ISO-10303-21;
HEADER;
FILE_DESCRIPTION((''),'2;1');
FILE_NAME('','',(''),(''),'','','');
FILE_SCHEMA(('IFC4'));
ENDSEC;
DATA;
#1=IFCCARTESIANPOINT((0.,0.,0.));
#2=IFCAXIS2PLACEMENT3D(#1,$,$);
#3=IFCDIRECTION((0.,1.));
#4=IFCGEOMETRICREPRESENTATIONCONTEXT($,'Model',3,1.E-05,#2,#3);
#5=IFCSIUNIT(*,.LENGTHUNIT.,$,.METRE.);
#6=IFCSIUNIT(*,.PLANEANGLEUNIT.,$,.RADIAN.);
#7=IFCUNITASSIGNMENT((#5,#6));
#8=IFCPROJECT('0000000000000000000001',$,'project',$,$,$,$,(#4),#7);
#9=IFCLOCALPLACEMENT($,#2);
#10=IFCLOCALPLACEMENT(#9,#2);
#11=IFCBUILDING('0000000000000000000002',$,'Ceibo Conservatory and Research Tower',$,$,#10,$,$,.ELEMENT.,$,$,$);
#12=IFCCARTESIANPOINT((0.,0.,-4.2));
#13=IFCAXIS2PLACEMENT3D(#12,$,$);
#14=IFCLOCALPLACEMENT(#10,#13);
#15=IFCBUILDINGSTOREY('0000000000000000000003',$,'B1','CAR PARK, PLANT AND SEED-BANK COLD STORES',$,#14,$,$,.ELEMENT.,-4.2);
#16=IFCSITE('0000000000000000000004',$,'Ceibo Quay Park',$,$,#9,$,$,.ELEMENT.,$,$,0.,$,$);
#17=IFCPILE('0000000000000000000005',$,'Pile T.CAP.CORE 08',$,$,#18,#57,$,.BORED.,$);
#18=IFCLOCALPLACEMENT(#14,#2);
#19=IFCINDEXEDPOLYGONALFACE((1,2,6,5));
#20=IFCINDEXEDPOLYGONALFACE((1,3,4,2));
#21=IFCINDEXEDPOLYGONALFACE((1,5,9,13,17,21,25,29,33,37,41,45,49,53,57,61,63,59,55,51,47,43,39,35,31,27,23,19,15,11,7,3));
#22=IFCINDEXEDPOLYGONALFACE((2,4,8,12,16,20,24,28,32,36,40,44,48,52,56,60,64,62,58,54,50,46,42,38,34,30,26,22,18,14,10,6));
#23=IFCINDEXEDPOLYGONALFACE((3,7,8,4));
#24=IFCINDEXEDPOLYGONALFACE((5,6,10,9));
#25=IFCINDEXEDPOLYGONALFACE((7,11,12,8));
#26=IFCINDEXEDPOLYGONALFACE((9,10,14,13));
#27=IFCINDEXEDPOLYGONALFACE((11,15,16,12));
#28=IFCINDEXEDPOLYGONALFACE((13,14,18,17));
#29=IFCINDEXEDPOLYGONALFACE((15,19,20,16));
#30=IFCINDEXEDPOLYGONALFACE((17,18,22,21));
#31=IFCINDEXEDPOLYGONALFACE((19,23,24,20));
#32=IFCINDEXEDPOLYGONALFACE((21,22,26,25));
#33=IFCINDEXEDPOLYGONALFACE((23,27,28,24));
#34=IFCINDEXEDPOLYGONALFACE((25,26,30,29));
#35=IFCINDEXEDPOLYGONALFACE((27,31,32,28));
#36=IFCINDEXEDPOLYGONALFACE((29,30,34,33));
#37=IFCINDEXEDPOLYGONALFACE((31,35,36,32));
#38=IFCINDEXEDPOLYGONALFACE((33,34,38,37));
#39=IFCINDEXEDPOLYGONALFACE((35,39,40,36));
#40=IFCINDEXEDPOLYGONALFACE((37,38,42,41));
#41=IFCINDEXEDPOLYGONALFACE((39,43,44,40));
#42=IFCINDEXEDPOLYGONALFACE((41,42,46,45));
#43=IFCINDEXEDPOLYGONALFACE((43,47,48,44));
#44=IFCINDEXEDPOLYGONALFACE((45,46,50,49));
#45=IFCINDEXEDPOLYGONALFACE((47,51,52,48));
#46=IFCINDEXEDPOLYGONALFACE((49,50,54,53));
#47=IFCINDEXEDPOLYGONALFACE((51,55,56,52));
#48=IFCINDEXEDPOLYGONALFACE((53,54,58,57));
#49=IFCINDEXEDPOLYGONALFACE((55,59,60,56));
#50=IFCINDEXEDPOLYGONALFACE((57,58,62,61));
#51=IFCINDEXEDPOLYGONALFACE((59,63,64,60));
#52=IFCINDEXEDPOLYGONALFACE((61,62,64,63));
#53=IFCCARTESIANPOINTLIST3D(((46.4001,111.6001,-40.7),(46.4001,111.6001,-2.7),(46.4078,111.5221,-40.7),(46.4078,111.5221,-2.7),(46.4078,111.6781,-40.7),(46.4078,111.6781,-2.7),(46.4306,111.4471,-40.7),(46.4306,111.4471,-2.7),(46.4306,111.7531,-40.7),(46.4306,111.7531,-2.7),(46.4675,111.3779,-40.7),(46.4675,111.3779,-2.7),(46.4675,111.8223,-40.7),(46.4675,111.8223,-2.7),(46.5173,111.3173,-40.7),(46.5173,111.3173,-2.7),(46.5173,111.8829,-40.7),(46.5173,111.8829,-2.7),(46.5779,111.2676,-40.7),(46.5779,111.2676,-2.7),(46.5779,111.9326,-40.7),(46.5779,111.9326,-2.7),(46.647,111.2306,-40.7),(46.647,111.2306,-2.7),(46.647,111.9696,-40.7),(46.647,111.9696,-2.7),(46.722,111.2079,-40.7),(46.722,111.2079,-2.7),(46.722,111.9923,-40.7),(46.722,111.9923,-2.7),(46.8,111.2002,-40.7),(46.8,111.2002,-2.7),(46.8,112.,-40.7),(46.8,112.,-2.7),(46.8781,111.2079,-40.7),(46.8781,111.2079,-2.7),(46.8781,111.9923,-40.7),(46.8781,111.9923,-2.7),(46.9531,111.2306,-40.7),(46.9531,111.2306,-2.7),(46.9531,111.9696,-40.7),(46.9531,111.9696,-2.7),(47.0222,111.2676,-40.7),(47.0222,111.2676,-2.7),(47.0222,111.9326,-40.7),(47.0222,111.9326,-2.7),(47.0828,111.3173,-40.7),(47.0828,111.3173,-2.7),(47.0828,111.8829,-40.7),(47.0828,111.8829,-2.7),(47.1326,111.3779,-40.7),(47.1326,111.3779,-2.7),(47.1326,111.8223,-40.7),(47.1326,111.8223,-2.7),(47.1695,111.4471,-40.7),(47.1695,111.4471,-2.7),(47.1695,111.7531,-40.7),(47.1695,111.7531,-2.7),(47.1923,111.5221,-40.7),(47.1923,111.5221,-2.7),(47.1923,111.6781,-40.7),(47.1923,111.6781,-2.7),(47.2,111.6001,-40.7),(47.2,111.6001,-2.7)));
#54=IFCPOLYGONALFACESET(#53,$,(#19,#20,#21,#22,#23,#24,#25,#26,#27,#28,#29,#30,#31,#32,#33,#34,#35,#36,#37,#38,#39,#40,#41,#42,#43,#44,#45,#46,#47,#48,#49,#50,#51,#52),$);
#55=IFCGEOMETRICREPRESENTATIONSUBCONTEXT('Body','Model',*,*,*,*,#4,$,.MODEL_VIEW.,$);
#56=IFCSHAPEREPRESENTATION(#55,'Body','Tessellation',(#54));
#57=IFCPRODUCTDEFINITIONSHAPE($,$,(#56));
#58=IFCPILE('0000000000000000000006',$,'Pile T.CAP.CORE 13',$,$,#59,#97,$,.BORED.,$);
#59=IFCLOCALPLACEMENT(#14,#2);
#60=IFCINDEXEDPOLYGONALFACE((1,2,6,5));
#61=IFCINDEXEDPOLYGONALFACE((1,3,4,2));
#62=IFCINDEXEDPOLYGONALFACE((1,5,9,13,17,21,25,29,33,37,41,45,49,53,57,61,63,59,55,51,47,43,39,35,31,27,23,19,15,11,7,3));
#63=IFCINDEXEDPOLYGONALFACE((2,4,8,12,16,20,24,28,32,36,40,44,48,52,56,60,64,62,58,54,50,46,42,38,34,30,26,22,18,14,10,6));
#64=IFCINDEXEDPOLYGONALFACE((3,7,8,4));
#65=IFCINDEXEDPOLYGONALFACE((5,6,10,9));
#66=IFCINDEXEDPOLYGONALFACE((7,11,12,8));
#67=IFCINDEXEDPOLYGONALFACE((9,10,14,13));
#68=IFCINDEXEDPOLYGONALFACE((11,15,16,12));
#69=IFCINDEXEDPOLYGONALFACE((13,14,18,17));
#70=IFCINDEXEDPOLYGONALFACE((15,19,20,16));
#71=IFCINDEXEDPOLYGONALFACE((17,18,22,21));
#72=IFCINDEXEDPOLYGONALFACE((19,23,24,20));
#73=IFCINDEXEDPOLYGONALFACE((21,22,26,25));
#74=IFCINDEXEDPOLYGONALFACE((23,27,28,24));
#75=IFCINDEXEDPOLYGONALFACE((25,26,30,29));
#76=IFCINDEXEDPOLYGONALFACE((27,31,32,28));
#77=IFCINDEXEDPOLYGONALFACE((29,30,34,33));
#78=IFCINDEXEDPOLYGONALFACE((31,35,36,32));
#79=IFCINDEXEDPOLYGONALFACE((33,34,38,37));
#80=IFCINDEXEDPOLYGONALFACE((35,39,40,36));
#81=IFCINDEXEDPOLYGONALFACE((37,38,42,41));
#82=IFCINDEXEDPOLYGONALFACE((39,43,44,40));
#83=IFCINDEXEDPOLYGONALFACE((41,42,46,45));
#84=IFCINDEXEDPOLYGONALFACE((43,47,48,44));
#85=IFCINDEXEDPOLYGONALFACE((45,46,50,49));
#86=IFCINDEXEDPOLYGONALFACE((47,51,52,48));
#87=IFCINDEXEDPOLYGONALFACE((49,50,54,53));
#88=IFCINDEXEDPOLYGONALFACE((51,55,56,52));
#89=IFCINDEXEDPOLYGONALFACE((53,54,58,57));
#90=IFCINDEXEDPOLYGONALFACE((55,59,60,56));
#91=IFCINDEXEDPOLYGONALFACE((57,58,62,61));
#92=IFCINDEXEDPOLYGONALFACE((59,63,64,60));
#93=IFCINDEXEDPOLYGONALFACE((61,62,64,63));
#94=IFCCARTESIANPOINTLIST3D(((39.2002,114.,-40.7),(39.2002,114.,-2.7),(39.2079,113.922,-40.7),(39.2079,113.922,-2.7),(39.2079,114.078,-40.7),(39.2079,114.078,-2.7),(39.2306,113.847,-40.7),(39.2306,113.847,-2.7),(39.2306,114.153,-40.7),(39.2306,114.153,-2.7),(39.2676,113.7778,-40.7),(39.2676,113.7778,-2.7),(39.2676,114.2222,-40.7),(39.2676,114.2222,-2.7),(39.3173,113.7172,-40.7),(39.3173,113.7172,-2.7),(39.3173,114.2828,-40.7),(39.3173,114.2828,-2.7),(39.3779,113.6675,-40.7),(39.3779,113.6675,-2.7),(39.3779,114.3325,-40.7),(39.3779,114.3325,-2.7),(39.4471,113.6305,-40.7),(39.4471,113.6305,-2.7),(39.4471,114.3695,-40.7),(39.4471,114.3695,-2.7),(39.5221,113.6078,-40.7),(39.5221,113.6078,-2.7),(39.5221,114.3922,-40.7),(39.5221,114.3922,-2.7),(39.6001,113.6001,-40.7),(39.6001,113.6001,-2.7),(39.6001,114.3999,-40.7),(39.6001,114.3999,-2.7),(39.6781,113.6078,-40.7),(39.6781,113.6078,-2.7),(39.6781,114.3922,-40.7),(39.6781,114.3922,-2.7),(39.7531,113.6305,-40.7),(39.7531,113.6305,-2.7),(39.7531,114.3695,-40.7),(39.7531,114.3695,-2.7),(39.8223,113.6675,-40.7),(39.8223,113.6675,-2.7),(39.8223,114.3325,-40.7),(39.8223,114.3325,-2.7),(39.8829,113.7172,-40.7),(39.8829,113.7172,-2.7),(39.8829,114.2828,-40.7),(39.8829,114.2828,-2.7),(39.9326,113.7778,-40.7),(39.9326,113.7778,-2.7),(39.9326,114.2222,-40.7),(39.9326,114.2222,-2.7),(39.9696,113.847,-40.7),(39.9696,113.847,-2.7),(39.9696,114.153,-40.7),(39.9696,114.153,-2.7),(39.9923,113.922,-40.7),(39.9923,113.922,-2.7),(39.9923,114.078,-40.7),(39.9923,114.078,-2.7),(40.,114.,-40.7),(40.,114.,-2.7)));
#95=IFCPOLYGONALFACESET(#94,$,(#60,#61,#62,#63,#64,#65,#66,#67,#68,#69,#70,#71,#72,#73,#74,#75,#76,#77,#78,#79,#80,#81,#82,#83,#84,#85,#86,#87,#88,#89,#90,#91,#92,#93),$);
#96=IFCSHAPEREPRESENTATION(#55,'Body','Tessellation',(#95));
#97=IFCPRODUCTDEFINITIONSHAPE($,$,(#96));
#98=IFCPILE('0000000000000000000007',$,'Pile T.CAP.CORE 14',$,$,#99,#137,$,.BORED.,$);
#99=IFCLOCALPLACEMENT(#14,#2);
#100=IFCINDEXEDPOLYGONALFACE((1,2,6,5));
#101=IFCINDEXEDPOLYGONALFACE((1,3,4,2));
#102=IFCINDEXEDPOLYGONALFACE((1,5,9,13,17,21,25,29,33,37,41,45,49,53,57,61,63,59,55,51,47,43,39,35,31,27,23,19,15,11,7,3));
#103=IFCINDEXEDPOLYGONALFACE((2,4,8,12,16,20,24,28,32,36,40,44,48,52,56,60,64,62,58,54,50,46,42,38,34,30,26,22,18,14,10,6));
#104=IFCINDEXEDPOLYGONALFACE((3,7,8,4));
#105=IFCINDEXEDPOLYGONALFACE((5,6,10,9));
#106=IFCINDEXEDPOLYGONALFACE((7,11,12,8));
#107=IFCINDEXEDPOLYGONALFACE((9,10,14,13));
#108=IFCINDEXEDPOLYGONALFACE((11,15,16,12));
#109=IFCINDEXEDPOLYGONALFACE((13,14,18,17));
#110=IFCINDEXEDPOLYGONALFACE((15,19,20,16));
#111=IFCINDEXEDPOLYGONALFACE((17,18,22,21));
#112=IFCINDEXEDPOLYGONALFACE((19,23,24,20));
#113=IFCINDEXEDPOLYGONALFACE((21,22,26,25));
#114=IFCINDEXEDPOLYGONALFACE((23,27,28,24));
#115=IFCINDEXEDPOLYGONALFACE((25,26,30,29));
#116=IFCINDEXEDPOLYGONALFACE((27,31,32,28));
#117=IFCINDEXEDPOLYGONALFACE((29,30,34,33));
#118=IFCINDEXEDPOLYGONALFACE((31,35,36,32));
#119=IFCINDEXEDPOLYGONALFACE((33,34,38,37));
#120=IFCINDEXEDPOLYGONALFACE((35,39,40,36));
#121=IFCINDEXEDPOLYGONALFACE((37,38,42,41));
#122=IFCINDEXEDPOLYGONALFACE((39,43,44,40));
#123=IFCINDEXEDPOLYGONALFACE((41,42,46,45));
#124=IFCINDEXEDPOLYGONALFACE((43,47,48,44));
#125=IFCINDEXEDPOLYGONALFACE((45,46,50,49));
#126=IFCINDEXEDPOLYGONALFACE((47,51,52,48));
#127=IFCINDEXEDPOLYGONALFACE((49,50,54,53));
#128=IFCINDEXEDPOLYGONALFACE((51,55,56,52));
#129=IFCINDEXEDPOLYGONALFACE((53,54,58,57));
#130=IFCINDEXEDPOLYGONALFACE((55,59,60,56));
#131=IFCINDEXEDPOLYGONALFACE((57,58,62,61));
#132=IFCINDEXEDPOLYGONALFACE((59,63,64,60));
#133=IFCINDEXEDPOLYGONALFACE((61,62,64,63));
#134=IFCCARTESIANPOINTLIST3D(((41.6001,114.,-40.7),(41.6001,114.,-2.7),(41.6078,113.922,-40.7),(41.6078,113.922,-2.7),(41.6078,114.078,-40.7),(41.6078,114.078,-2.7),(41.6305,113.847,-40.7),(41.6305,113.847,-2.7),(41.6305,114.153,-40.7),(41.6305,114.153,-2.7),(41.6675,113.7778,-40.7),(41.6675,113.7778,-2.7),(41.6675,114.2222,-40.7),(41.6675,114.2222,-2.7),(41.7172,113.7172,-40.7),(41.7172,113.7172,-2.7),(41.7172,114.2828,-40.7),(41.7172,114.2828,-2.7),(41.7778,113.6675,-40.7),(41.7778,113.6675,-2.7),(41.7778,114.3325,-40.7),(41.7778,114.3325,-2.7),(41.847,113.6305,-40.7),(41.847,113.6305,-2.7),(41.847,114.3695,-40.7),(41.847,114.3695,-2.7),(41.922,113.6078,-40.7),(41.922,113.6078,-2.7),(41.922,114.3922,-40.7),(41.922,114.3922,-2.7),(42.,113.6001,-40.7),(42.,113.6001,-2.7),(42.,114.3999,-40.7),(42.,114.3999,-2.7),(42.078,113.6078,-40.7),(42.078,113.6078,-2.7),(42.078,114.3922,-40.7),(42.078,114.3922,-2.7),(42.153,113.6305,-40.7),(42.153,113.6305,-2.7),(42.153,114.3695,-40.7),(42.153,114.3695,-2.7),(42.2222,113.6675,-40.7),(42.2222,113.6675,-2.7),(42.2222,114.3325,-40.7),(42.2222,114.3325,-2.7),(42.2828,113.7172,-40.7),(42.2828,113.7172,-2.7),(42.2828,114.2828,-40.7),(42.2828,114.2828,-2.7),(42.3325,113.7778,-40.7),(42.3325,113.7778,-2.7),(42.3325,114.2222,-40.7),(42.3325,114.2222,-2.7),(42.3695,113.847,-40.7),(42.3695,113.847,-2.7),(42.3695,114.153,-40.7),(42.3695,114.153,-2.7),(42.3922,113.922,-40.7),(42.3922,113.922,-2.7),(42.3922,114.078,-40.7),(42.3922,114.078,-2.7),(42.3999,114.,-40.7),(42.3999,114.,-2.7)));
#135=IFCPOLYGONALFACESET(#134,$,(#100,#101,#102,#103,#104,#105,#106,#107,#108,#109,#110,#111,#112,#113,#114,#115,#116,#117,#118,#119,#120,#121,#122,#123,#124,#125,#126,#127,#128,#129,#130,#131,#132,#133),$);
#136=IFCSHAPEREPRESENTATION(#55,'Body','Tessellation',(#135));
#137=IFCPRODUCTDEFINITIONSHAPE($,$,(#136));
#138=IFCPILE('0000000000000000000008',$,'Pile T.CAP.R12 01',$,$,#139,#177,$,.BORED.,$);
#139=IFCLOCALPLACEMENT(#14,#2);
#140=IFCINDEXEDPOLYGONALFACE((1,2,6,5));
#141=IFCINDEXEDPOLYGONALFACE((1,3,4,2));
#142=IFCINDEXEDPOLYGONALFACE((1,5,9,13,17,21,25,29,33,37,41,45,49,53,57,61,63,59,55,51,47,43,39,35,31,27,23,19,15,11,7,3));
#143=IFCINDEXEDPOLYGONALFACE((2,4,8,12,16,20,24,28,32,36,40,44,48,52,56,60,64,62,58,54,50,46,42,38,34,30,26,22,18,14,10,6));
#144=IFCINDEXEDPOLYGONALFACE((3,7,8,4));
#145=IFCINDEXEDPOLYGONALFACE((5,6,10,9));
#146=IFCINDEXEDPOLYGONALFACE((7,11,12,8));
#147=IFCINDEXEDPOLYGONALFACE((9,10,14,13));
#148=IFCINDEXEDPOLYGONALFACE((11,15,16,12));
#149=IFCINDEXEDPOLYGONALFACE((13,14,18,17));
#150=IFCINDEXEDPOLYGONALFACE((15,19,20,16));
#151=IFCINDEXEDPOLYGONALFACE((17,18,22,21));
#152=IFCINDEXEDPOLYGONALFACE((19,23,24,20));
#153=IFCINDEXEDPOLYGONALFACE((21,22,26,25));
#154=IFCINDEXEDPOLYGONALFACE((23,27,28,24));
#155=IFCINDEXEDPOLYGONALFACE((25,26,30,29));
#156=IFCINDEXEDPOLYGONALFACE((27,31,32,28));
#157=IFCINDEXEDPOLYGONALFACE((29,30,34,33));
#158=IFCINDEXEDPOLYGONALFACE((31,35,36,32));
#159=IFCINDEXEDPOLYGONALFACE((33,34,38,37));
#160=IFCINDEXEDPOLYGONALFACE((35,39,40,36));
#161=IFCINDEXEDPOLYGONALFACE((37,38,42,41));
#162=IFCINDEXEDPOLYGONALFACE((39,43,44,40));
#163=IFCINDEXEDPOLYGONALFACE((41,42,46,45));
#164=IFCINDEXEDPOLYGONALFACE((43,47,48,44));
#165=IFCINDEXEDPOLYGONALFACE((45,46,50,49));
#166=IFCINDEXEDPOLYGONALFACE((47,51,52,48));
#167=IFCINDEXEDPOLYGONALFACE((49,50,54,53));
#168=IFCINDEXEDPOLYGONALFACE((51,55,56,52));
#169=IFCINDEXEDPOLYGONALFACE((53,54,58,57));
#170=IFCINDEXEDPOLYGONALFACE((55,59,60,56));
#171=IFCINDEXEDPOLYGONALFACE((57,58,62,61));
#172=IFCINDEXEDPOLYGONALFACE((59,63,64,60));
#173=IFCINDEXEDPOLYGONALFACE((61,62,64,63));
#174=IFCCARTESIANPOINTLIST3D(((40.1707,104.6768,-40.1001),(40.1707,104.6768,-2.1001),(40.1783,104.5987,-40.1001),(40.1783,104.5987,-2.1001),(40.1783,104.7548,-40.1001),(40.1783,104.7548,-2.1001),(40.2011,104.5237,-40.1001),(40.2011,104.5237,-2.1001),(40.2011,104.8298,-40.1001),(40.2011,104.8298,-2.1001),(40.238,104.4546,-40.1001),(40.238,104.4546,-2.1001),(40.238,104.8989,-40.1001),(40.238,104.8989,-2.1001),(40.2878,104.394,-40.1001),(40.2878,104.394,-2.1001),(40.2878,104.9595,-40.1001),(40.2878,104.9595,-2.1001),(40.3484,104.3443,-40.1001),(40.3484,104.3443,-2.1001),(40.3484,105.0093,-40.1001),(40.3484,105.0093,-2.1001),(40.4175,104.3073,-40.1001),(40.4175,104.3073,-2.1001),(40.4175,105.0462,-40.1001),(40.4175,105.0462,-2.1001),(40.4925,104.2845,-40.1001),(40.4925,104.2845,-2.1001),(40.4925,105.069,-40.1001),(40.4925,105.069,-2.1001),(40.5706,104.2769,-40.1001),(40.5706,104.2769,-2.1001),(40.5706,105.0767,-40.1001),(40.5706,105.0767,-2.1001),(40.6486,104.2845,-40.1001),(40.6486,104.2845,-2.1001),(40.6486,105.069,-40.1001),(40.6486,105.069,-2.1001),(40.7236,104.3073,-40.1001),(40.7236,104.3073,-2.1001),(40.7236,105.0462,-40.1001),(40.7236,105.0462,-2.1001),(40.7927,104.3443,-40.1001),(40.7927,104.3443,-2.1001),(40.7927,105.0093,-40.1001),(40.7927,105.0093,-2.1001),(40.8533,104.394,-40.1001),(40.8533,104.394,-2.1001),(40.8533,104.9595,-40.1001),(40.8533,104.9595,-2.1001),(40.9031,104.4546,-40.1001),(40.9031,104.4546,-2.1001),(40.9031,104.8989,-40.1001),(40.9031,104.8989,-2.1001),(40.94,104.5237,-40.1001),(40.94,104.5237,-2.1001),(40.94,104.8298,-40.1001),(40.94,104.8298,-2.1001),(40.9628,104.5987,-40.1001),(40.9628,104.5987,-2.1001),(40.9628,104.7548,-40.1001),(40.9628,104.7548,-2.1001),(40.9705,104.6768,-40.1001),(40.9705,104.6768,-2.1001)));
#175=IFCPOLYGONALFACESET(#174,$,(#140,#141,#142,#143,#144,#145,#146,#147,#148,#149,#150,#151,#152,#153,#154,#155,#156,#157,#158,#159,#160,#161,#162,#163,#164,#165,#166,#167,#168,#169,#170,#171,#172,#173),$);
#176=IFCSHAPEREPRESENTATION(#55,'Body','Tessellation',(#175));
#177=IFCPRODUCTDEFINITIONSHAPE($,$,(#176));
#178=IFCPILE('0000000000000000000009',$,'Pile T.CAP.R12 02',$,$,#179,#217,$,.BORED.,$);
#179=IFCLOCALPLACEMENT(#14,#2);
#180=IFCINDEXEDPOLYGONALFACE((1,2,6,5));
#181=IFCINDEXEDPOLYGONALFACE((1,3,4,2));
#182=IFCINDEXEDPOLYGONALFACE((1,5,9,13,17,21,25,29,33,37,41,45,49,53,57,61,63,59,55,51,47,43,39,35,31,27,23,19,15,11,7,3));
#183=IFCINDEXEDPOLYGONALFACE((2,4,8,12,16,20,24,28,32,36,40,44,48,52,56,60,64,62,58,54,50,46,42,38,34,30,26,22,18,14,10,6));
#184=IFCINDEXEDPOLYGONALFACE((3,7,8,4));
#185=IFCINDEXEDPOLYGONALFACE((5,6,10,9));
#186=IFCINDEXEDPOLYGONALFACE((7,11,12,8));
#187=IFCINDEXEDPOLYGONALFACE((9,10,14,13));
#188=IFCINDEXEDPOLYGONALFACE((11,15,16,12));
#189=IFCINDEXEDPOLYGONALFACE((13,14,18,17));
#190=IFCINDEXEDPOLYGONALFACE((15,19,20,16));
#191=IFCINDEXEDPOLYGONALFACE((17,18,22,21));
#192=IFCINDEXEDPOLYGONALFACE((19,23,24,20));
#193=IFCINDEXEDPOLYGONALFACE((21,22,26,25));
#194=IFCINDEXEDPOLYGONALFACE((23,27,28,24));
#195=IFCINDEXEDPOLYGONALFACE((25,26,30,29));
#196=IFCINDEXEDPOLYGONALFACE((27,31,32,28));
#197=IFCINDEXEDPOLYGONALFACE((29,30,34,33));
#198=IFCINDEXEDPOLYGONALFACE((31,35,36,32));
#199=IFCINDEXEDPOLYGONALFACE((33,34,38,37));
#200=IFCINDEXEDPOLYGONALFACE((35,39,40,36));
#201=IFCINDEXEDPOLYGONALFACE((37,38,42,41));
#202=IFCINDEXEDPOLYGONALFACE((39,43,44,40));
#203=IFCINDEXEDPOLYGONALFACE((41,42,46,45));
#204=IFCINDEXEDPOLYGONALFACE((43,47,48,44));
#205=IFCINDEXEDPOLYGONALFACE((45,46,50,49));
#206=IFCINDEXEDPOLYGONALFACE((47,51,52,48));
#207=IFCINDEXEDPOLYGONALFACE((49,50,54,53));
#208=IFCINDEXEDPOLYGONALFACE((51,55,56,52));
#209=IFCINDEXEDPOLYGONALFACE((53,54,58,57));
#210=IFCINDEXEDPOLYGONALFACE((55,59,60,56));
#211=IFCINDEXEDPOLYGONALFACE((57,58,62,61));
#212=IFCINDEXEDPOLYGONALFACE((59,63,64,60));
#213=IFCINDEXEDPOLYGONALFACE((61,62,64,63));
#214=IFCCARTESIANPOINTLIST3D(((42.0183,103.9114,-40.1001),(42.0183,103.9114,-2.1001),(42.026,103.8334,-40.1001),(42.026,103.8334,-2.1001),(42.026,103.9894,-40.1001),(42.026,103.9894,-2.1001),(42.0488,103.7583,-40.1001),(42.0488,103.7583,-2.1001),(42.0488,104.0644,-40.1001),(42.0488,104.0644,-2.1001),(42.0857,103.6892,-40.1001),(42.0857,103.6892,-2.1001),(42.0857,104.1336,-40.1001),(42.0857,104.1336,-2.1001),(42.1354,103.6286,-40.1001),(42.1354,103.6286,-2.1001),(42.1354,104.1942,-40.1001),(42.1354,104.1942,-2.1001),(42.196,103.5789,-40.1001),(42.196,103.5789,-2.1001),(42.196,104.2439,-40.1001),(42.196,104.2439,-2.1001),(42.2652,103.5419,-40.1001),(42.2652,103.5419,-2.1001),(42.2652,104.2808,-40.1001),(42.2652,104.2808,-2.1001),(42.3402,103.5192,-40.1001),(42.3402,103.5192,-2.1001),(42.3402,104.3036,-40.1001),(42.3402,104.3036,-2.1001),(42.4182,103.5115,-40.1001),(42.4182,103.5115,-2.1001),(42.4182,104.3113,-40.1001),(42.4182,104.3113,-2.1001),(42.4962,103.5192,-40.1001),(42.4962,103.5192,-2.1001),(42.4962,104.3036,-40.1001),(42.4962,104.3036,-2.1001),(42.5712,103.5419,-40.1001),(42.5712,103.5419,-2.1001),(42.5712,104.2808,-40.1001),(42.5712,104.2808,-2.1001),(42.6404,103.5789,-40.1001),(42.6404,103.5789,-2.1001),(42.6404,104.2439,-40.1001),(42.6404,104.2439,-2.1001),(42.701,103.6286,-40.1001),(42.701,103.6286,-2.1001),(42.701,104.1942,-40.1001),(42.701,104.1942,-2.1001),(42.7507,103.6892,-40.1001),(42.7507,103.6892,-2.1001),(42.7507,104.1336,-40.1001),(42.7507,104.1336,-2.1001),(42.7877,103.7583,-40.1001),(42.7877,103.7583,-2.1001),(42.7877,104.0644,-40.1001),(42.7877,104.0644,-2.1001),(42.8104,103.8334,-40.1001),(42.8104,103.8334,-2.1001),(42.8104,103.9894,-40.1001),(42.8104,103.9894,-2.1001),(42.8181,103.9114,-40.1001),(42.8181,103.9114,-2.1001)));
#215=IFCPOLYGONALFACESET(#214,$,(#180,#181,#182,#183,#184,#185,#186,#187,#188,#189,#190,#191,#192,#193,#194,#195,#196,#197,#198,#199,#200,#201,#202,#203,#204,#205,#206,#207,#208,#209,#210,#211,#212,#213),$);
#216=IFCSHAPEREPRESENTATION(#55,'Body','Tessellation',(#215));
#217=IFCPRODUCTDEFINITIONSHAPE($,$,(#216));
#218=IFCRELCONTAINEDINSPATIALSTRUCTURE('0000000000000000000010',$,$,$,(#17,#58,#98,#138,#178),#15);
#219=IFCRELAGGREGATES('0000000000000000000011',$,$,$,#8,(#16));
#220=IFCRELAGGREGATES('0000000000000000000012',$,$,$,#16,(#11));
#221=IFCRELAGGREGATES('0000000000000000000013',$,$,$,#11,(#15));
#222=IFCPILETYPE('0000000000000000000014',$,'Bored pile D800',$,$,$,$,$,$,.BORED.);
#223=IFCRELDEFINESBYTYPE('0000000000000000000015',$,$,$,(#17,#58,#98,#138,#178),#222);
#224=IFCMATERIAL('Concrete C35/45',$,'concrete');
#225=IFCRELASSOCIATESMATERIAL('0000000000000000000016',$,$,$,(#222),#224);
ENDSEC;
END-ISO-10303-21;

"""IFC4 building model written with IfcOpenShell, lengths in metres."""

from ifc_helpers import new_model, si_unit, direction, frame, origin, origin_2d, place, context, subcontext, project, spatial, circle, extrude, material, material_profile, profile_set, type_object, element, save


model = new_model("IFC4")

# Units and contexts
model_context = context("Model", 3, precision=1e-05, world=origin(), true_north=direction((0.0, 1.0)))
body_context = subcontext(model_context, "Body", "Model", "MODEL_VIEW")
ifc_project = project(units=[si_unit("LENGTHUNIT", "METRE"), si_unit("PLANEANGLEUNIT", "RADIAN")], contexts=[model_context])

# Site, building, storey
site_placement = place(None, origin())
site = spatial("IfcSite", under=ifc_project, at=site_placement, Name="Ceibo Quay Park", CompositionType="ELEMENT", RefElevation=0.0)
building_placement = place(site_placement, origin())
building = spatial("IfcBuilding", under=site, at=building_placement, Name="Ceibo Conservatory and Research Tower", CompositionType="ELEMENT")
storey_placement = place(building_placement, frame((0.0, 0.0, -4.2)))
storey = spatial("IfcBuildingStorey", under=building, at=storey_placement, Name="B1", Description="CAR PARK, PLANT AND SEED-BANK COLD STORES", CompositionType="ELEMENT", Elevation=-4.2)

# Piles
ifc_material_1 = material(Name="Concrete C35/45", Category="concrete")
ifc_material_profile = material_profile(ifc_material_1, circle(Radius=0.3999, at=origin_2d()), Name="RC D800")
ifc_profile_set = profile_set([ifc_material_profile], Name="Concrete C35/45")
pile_type = type_object("IfcPileType", Name="Bored pile D800", PredefinedType="BORED", material=ifc_profile_set)
for number, where, z_axis, x_axis, name in (
    (1, (46.8, 111.6001, -2.7), (0.0, 0.0, -1.0), (1.0, 0.0, 0.0), "Pile T.CAP.CORE 08"),
    (2, (39.6001, 114.0, -2.7), (0.0, 0.0, -1.0), (1.0, 0.0, 0.0), "Pile T.CAP.CORE 13"),
    (3, (42.0, 114.0, -2.7), (0.0, 0.0, -1.0), (1.0, 0.0, 0.0), "Pile T.CAP.CORE 14"),
    (4, (40.5706, 104.6768, -2.1001), (0.0, 0.0, -1.0), (1.0, 0.0, 0.0), "Pile T.CAP.R12 01"),
    (5, (42.4182, 103.9114, -2.1001), (0.0, 0.0, -1.0), (1.0, 0.0, 0.0), "Pile T.CAP.R12 02"),
):
    element("IfcPile", number, at=place(storey_placement, frame(where, z_axis=z_axis, x_axis=x_axis)), inside=storey, type_object=pile_type, Name=name, PredefinedType="BORED", context=body_context, shape_type="SweptSolid", body=[
        extrude(circle(Radius=0.3999, at=origin_2d()), origin(), (0.0, 0.0, 1.0), 38.0),
    ])

save(model, "model.ifc")
